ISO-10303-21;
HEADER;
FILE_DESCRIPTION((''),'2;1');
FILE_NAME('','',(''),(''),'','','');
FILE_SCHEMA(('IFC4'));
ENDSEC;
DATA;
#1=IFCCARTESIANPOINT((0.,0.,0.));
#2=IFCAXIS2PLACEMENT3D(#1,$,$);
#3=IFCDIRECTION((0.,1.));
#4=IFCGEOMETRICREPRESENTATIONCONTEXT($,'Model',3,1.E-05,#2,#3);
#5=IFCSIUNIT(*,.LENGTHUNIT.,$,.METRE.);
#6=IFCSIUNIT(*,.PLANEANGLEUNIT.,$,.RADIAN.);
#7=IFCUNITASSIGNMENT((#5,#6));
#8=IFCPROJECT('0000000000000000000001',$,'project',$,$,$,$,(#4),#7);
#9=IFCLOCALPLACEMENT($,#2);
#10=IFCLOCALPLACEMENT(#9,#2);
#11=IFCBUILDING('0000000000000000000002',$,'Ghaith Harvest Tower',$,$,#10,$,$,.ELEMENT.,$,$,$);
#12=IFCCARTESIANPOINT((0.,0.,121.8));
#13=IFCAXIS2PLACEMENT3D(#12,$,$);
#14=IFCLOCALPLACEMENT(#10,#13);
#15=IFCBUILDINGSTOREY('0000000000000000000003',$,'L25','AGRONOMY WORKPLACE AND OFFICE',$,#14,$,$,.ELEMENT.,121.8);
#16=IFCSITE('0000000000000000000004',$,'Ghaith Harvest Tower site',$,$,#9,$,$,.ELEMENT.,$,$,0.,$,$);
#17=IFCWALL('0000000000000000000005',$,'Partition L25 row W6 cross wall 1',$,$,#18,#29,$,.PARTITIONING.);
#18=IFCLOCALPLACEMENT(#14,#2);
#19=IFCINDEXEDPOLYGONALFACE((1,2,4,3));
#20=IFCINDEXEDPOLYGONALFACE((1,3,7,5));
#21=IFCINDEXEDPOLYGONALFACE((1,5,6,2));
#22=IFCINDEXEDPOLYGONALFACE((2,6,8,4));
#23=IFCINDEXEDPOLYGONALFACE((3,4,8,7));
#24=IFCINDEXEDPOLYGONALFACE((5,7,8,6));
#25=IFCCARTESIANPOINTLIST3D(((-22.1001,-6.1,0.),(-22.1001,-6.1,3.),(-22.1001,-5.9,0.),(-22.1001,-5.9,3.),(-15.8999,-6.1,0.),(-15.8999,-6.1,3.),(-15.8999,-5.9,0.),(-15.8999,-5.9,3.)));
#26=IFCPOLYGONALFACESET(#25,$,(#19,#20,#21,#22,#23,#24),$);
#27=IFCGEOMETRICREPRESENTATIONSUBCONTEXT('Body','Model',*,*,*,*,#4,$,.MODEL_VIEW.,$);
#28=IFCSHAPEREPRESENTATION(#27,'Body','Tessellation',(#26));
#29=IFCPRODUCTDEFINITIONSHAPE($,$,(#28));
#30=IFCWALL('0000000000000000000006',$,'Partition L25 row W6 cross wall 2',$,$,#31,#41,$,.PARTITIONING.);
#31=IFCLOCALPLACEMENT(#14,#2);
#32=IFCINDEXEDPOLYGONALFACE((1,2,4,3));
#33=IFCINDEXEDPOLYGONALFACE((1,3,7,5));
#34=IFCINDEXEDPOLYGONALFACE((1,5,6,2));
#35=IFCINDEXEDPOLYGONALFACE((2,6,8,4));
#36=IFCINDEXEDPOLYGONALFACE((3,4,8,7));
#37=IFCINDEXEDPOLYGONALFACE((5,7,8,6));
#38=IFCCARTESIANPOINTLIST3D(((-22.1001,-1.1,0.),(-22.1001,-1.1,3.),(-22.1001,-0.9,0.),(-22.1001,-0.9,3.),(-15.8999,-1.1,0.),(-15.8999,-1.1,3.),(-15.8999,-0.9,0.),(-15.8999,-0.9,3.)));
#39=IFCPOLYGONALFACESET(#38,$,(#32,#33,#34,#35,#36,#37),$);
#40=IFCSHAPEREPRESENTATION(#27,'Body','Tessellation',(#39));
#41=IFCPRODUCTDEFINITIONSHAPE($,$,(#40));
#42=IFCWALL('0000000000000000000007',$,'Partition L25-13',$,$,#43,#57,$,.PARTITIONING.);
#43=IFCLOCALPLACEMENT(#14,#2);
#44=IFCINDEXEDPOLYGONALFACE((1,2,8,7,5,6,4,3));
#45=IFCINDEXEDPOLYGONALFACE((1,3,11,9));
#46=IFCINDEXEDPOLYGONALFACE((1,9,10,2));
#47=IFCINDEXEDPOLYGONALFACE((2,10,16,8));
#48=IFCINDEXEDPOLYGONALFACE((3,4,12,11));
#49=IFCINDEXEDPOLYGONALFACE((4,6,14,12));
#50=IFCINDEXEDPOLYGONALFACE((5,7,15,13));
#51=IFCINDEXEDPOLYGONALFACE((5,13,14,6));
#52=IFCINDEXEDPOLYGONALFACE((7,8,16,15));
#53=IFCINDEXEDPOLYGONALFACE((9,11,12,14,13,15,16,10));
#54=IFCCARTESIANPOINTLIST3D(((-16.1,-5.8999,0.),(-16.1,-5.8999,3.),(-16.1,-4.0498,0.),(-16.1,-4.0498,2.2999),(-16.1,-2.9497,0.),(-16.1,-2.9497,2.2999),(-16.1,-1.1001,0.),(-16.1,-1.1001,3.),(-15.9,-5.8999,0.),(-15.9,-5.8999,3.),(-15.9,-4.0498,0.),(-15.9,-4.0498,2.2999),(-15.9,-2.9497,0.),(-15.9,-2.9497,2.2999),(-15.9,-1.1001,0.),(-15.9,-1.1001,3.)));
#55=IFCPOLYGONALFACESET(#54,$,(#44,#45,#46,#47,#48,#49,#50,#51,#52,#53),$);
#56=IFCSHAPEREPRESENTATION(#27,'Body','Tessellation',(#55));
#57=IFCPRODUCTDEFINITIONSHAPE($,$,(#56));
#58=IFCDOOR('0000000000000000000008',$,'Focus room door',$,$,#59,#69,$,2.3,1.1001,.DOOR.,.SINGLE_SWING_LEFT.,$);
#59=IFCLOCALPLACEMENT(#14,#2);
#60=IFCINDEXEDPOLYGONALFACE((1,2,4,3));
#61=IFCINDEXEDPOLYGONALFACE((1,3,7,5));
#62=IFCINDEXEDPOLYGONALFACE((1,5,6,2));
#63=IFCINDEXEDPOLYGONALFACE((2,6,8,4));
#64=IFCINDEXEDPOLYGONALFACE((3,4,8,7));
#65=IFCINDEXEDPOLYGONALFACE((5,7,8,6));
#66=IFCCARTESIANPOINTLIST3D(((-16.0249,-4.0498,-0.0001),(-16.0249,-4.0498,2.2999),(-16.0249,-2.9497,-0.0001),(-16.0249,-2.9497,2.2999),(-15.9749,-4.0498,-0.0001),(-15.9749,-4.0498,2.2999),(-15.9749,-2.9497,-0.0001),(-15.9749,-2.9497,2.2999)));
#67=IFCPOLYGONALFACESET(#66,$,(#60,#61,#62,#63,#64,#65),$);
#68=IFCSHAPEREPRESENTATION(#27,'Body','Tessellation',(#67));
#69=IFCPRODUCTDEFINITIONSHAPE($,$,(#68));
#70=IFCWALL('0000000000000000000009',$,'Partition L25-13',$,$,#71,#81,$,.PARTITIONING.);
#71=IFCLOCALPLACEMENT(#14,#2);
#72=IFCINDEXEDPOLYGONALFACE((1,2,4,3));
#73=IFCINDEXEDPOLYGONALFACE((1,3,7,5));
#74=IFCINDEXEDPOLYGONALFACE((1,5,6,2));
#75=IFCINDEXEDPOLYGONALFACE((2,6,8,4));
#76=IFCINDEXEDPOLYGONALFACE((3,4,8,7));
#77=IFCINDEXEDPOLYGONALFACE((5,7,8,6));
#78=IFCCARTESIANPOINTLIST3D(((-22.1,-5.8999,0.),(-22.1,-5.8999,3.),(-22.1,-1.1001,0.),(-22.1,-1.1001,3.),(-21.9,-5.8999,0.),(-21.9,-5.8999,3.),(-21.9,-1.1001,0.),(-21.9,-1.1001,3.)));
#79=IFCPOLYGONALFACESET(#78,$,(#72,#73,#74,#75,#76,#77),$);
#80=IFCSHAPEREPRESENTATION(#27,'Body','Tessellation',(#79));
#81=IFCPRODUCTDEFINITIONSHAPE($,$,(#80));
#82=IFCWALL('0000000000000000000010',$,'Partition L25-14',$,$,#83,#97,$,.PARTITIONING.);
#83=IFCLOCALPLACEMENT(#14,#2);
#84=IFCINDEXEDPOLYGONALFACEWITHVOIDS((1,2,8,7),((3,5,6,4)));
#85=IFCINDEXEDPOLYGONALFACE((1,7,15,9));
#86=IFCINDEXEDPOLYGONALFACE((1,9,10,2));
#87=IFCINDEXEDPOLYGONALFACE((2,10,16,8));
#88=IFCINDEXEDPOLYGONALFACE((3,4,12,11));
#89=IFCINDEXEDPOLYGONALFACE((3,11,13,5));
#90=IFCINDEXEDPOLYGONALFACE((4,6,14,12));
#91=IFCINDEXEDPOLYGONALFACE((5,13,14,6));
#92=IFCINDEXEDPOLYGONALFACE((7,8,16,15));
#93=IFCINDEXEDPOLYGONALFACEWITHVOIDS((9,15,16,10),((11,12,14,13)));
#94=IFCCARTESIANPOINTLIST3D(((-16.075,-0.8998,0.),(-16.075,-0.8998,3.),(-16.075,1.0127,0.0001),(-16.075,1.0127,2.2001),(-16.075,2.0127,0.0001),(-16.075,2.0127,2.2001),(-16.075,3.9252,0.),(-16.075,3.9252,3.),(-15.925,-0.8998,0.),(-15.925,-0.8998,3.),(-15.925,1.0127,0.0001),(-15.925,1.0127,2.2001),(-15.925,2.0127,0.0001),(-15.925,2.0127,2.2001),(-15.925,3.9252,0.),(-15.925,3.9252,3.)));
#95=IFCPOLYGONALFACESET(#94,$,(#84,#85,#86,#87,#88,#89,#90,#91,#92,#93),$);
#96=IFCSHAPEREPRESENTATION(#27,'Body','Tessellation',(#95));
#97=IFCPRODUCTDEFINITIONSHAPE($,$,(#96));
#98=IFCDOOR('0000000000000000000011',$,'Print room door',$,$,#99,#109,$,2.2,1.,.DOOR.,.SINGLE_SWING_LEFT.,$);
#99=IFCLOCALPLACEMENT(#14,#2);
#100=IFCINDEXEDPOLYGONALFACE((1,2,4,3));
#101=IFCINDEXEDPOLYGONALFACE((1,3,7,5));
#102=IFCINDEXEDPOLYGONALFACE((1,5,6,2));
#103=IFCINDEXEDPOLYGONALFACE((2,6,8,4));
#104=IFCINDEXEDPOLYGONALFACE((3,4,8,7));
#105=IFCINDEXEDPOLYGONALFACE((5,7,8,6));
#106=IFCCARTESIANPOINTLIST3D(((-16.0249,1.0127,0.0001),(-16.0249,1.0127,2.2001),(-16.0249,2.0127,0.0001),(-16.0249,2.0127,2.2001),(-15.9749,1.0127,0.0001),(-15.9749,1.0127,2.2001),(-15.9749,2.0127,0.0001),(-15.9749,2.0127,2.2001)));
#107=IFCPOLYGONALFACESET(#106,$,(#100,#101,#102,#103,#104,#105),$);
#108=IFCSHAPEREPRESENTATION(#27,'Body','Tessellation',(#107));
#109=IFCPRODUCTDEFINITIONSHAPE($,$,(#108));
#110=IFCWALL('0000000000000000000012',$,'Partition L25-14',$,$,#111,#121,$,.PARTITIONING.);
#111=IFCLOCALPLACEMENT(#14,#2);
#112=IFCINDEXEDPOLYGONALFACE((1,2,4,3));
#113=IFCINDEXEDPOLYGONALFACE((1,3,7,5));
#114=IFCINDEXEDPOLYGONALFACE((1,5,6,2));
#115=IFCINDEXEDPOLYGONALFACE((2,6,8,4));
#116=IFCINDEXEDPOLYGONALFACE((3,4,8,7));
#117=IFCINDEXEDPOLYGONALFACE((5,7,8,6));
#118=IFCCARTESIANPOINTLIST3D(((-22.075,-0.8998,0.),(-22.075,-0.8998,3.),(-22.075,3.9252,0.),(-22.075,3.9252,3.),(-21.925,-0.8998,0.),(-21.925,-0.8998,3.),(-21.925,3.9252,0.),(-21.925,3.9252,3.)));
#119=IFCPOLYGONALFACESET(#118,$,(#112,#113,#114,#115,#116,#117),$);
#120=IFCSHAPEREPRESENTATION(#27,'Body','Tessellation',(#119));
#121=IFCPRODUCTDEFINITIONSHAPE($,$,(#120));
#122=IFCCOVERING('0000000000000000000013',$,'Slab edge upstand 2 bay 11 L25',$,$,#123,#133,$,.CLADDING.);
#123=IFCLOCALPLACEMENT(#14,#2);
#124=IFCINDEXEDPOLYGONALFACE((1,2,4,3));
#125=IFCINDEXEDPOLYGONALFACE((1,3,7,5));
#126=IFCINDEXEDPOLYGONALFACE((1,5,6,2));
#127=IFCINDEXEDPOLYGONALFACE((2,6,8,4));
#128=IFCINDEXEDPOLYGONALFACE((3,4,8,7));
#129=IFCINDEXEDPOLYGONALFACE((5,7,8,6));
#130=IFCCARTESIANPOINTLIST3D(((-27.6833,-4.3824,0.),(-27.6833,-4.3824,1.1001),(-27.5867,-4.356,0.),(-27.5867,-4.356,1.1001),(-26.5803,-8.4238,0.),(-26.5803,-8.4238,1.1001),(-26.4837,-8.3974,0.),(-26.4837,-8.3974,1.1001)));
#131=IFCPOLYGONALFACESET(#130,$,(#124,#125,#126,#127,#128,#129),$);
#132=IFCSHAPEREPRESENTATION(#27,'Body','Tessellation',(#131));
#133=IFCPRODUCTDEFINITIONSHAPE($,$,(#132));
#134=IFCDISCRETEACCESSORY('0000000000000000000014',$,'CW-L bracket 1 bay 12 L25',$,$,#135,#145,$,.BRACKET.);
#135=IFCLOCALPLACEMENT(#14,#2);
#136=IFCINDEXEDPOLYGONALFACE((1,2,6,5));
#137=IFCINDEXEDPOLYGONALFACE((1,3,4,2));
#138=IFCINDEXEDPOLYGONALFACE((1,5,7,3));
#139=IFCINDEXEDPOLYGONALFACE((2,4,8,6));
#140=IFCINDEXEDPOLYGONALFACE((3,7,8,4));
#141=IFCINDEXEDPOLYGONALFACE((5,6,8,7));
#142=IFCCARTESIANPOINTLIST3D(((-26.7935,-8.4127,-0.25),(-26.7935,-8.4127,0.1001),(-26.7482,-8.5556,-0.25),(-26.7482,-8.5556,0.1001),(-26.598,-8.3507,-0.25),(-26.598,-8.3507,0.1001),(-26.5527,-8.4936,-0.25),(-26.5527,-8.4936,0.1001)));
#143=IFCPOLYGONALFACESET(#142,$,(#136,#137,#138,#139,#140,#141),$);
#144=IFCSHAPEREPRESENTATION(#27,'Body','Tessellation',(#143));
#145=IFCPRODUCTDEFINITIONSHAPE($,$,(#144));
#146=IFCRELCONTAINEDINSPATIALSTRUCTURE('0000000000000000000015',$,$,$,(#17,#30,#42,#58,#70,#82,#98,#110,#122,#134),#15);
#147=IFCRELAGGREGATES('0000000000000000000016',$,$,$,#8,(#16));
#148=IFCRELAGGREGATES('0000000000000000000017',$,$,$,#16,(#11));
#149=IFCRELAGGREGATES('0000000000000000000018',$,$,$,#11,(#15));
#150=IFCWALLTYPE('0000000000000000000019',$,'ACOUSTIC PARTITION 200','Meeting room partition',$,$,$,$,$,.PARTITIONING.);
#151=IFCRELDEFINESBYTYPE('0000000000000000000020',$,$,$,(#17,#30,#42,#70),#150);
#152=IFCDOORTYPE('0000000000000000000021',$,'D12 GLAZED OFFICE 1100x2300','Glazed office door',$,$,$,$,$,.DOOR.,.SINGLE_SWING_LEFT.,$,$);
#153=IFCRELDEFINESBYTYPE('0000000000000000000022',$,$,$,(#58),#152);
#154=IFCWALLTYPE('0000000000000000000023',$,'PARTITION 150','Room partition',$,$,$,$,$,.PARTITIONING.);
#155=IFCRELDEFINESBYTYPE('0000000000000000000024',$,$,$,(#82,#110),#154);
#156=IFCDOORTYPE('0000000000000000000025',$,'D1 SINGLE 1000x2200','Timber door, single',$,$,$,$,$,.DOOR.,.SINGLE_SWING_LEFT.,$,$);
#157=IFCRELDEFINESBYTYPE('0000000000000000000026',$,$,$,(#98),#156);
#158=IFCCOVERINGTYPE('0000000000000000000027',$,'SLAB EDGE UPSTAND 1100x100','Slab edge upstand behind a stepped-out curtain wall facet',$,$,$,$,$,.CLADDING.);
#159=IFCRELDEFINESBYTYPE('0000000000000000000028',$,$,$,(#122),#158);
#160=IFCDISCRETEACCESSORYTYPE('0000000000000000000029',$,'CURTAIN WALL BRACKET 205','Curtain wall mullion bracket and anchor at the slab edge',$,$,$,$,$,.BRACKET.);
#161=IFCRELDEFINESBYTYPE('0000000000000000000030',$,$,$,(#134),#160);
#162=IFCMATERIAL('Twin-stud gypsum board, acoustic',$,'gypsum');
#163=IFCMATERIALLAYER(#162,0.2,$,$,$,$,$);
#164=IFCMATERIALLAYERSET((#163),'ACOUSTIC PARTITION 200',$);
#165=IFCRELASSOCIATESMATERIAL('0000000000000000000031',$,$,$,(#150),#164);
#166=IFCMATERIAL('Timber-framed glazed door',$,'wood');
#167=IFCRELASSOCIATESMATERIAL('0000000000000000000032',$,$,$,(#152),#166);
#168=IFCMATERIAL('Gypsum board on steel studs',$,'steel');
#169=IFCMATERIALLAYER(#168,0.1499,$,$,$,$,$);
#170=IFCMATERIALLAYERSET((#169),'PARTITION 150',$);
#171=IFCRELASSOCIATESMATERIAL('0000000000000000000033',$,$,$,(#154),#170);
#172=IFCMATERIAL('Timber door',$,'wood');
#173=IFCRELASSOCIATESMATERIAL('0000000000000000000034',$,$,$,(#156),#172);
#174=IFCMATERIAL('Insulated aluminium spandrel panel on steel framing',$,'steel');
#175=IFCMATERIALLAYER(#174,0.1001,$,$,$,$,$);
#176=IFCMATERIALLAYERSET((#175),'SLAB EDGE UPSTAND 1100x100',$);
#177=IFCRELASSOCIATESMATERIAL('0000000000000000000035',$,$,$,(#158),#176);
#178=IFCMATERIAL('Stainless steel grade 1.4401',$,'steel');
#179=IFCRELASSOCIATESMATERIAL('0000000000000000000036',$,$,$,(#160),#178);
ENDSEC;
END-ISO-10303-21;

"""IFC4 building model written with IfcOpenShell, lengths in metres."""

from ifc_helpers import new_model, si_unit, direction, frame, frame_2d, origin, origin_2d, place, context, subcontext, project, spatial, rectangle, extrude, material, layer, layer_set, type_object, element, fill, save


model = new_model("IFC4")

# Units and contexts
model_context = context("Model", 3, precision=1e-05, world=origin(), true_north=direction((0.0, 1.0)))
body_context = subcontext(model_context, "Body", "Model", "MODEL_VIEW")
ifc_project = project(units=[si_unit("LENGTHUNIT", "METRE"), si_unit("PLANEANGLEUNIT", "RADIAN")], contexts=[model_context])

# Site, building, storey
site_placement = place(None, origin())
site = spatial("IfcSite", under=ifc_project, at=site_placement, Name="Ghaith Harvest Tower site", CompositionType="ELEMENT", RefElevation=0.0)
building_placement = place(site_placement, origin())
building = spatial("IfcBuilding", under=site, at=building_placement, Name="Ghaith Harvest Tower", CompositionType="ELEMENT")
storey_placement = place(building_placement, frame((0.0, 0.0, 121.8)))
storey = spatial("IfcBuildingStorey", under=building, at=storey_placement, Name="L25", Description="AGRONOMY WORKPLACE AND OFFICE", CompositionType="ELEMENT", Elevation=121.8)

# Walls
ifc_material_1 = material(Name="Twin-stud gypsum board, acoustic", Category="gypsum")
ifc_layer_1 = layer(ifc_material_1, 0.2)
ifc_layer_set_1 = layer_set([ifc_layer_1], Name="ACOUSTIC PARTITION 200")
wall_type_1 = type_object("IfcWallType", Name="ACOUSTIC PARTITION 200", Description="Meeting room partition", PredefinedType="PARTITIONING", material=ifc_layer_set_1)
for number, where, z_axis, x_axis, name in (
    (1, (-15.8999, -6.0, 0.0), (0.0, 0.0, 1.0), (-1.0, 0.0, 0.0), "Partition L25 row W6 cross wall 1"),
    (2, (-15.8999, -1.0, 0.0), (0.0, 0.0, 1.0), (-1.0, 0.0, 0.0), "Partition L25 row W6 cross wall 2"),
):
    element("IfcWall", number, at=place(storey_placement, frame(where, z_axis=z_axis, x_axis=x_axis)), inside=storey, type_object=wall_type_1, Name=name, PredefinedType="PARTITIONING", context=body_context, shape_type="SweptSolid", body=[
        extrude(rectangle(XDim=6.2002, YDim=0.2, at=frame_2d((3.1001, 0.0))), origin(), (0.0, 0.0, 1.0), 3.0),
    ])

# Wall, opening, door
wall_1_placement = place(storey_placement, frame((-16.0, -5.8999, 0.0), z_axis=(0.0, 0.0, 1.0), x_axis=(0.0, 1.0, 0.0)))
wall_1 = element("IfcWall", 3, at=wall_1_placement, inside=storey, type_object=wall_type_1, Name="Partition L25-13", PredefinedType="PARTITIONING", context=body_context, shape_type="SweptSolid", body=[
    extrude(rectangle(XDim=4.7998, YDim=0.2, at=frame_2d((2.3999, 0.0))), origin(), (0.0, 0.0, 1.0), 3.0),
])
opening_1_placement = place(wall_1_placement, frame((1.8501, 0.0, 0.0)))
opening_1 = element("IfcOpeningElement", 4, at=opening_1_placement, cuts=wall_1, PredefinedType="OPENING", context=body_context, shape_type="SweptSolid", body=[
    extrude(rectangle(XDim=1.1001, YDim=2.3, at=frame_2d((0.55, 1.1499))), frame((0.0, 0.1099, 0.0), z_axis=(0.0, -1.0, 0.0), x_axis=(1.0, 0.0, 0.0)), (0.0, 0.0, 1.0), 0.22),
])
ifc_material_2 = material(Name="Timber-framed glazed door", Category="wood")
door_type_1 = type_object("IfcDoorType", Name="D12 GLAZED OFFICE 1100x2300", Description="Glazed office door", OperationType="SINGLE_SWING_LEFT", PredefinedType="DOOR", material=ifc_material_2)
door_1_placement = place(opening_1_placement, origin())
door_1 = element("IfcDoor", 5, at=door_1_placement, inside=storey, type_object=door_type_1, Name="Focus room door", OperationType="SINGLE_SWING_LEFT", OverallHeight=2.3, OverallWidth=1.1001, PredefinedType="DOOR", context=body_context, shape_type="SweptSolid", body=[
    extrude(rectangle(XDim=1.1001, YDim=2.3, at=frame_2d((0.55, 1.1499))), frame((0.0, 0.0249, 0.0), z_axis=(0.0, -1.0, 0.0), x_axis=(1.0, 0.0, 0.0)), (0.0, 0.0, 1.0), 0.05),
])
fill(opening_1, door_1)

# Wall
wall_2_placement = place(storey_placement, frame((-22.0, -5.8999, 0.0), z_axis=(0.0, 0.0, 1.0), x_axis=(0.0, 1.0, 0.0)))
element("IfcWall", 6, at=wall_2_placement, inside=storey, type_object=wall_type_1, Name="Partition L25-13", PredefinedType="PARTITIONING", context=body_context, shape_type="SweptSolid", body=[
    extrude(rectangle(XDim=4.7998, YDim=0.2, at=frame_2d((2.3999, 0.0))), origin(), (0.0, 0.0, 1.0), 3.0),
])

# Wall, opening, door
ifc_material_3 = material(Name="Gypsum board on steel studs", Category="steel")
ifc_layer_2 = layer(ifc_material_3, 0.1499)
ifc_layer_set_2 = layer_set([ifc_layer_2], Name="PARTITION 150")
wall_type_2 = type_object("IfcWallType", Name="PARTITION 150", Description="Room partition", PredefinedType="PARTITIONING", material=ifc_layer_set_2)
wall_3_placement = place(storey_placement, frame((-16.0, -0.8999, 0.0), z_axis=(0.0, 0.0, 1.0), x_axis=(0.0, 1.0, 0.0)))
wall_3 = element("IfcWall", 7, at=wall_3_placement, inside=storey, type_object=wall_type_2, Name="Partition L25-14", PredefinedType="PARTITIONING", context=body_context, shape_type="SweptSolid", body=[
    extrude(rectangle(XDim=4.825, YDim=0.1499, at=frame_2d((2.4126, 0.0))), origin(), (0.0, 0.0, 1.0), 3.0),
])
opening_2_placement = place(wall_3_placement, frame((1.9126, 0.0, 0.0)))
opening_2 = element("IfcOpeningElement", 8, at=opening_2_placement, cuts=wall_3, PredefinedType="OPENING", context=body_context, shape_type="SweptSolid", body=[
    extrude(rectangle(XDim=1.0, YDim=2.2, at=frame_2d((0.5, 1.1001))), frame((0.0, 0.085, 0.0), z_axis=(0.0, -1.0, 0.0), x_axis=(1.0, 0.0, 0.0)), (0.0, 0.0, 1.0), 0.1699),
])
ifc_material_4 = material(Name="Timber door", Category="wood")
door_type_2 = type_object("IfcDoorType", Name="D1 SINGLE 1000x2200", Description="Timber door, single", OperationType="SINGLE_SWING_LEFT", PredefinedType="DOOR", material=ifc_material_4)
door_2_placement = place(opening_2_placement, origin())
door_2 = element("IfcDoor", 9, at=door_2_placement, inside=storey, type_object=door_type_2, Name="Print room door", OperationType="SINGLE_SWING_LEFT", OverallHeight=2.2, OverallWidth=1.0, PredefinedType="DOOR", context=body_context, shape_type="SweptSolid", body=[
    extrude(rectangle(XDim=1.0, YDim=2.2, at=frame_2d((0.5, 1.1001))), frame((0.0, 0.0249, 0.0), z_axis=(0.0, -1.0, 0.0), x_axis=(1.0, 0.0, 0.0)), (0.0, 0.0, 1.0), 0.05),
])
fill(opening_2, door_2)

# Wall
wall_4_placement = place(storey_placement, frame((-22.0, -0.8999, 0.0), z_axis=(0.0, 0.0, 1.0), x_axis=(0.0, 1.0, 0.0)))
element("IfcWall", 10, at=wall_4_placement, inside=storey, type_object=wall_type_2, Name="Partition L25-14", PredefinedType="PARTITIONING", context=body_context, shape_type="SweptSolid", body=[
    extrude(rectangle(XDim=4.825, YDim=0.1499, at=frame_2d((2.4126, 0.0))), origin(), (0.0, 0.0, 1.0), 3.0),
])

# Covering
ifc_material_5 = material(Name="Insulated aluminium spandrel panel on steel framing", Category="steel")
ifc_layer_3 = layer(ifc_material_5, 0.1001)
ifc_layer_set_3 = layer_set([ifc_layer_3], Name="SLAB EDGE UPSTAND 1100x100")
covering_type = type_object("IfcCoveringType", Name="SLAB EDGE UPSTAND 1100x100", Description="Slab edge upstand behind a stepped-out curtain wall facet", PredefinedType="CLADDING", material=ifc_layer_set_3)
covering_placement = place(storey_placement, frame((-27.0835, -6.3899, 0.0), z_axis=(0.0, 0.0, 1.0), x_axis=(0.263288, -0.964717, 0.0)))
element("IfcCovering", 11, at=covering_placement, inside=storey, type_object=covering_type, Name="Slab edge upstand 2 bay 11 L25", PredefinedType="CLADDING", context=body_context, shape_type="SweptSolid", body=[
    extrude(rectangle(XDim=4.1892, YDim=0.1001, at=origin_2d()), origin(), (0.0, 0.0, 1.0), 1.1001),
])

# Discrete accessory
ifc_material_6 = material(Name="Stainless steel grade 1.4401", Category="steel")
discrete_accessory_type = type_object("IfcDiscreteAccessoryType", Name="CURTAIN WALL BRACKET 205", Description="Curtain wall mullion bracket and anchor at the slab edge", PredefinedType="BRACKET", material=ifc_material_6)
discrete_accessory_placement = place(storey_placement, frame((-26.6731, -8.4531, -0.25), z_axis=(0.0, 0.0, 1.0), x_axis=(-0.953273, -0.30211, 0.0)))
element("IfcDiscreteAccessory", 12, at=discrete_accessory_placement, inside=storey, type_object=discrete_accessory_type, Name="CW-L bracket 1 bay 12 L25", PredefinedType="BRACKET", context=body_context, shape_type="SweptSolid", body=[
    extrude(rectangle(XDim=0.2051, YDim=0.1499, at=origin_2d()), origin(), (0.0, 0.0, 1.0), 0.3501),
])

save(model, "model.ifc")
